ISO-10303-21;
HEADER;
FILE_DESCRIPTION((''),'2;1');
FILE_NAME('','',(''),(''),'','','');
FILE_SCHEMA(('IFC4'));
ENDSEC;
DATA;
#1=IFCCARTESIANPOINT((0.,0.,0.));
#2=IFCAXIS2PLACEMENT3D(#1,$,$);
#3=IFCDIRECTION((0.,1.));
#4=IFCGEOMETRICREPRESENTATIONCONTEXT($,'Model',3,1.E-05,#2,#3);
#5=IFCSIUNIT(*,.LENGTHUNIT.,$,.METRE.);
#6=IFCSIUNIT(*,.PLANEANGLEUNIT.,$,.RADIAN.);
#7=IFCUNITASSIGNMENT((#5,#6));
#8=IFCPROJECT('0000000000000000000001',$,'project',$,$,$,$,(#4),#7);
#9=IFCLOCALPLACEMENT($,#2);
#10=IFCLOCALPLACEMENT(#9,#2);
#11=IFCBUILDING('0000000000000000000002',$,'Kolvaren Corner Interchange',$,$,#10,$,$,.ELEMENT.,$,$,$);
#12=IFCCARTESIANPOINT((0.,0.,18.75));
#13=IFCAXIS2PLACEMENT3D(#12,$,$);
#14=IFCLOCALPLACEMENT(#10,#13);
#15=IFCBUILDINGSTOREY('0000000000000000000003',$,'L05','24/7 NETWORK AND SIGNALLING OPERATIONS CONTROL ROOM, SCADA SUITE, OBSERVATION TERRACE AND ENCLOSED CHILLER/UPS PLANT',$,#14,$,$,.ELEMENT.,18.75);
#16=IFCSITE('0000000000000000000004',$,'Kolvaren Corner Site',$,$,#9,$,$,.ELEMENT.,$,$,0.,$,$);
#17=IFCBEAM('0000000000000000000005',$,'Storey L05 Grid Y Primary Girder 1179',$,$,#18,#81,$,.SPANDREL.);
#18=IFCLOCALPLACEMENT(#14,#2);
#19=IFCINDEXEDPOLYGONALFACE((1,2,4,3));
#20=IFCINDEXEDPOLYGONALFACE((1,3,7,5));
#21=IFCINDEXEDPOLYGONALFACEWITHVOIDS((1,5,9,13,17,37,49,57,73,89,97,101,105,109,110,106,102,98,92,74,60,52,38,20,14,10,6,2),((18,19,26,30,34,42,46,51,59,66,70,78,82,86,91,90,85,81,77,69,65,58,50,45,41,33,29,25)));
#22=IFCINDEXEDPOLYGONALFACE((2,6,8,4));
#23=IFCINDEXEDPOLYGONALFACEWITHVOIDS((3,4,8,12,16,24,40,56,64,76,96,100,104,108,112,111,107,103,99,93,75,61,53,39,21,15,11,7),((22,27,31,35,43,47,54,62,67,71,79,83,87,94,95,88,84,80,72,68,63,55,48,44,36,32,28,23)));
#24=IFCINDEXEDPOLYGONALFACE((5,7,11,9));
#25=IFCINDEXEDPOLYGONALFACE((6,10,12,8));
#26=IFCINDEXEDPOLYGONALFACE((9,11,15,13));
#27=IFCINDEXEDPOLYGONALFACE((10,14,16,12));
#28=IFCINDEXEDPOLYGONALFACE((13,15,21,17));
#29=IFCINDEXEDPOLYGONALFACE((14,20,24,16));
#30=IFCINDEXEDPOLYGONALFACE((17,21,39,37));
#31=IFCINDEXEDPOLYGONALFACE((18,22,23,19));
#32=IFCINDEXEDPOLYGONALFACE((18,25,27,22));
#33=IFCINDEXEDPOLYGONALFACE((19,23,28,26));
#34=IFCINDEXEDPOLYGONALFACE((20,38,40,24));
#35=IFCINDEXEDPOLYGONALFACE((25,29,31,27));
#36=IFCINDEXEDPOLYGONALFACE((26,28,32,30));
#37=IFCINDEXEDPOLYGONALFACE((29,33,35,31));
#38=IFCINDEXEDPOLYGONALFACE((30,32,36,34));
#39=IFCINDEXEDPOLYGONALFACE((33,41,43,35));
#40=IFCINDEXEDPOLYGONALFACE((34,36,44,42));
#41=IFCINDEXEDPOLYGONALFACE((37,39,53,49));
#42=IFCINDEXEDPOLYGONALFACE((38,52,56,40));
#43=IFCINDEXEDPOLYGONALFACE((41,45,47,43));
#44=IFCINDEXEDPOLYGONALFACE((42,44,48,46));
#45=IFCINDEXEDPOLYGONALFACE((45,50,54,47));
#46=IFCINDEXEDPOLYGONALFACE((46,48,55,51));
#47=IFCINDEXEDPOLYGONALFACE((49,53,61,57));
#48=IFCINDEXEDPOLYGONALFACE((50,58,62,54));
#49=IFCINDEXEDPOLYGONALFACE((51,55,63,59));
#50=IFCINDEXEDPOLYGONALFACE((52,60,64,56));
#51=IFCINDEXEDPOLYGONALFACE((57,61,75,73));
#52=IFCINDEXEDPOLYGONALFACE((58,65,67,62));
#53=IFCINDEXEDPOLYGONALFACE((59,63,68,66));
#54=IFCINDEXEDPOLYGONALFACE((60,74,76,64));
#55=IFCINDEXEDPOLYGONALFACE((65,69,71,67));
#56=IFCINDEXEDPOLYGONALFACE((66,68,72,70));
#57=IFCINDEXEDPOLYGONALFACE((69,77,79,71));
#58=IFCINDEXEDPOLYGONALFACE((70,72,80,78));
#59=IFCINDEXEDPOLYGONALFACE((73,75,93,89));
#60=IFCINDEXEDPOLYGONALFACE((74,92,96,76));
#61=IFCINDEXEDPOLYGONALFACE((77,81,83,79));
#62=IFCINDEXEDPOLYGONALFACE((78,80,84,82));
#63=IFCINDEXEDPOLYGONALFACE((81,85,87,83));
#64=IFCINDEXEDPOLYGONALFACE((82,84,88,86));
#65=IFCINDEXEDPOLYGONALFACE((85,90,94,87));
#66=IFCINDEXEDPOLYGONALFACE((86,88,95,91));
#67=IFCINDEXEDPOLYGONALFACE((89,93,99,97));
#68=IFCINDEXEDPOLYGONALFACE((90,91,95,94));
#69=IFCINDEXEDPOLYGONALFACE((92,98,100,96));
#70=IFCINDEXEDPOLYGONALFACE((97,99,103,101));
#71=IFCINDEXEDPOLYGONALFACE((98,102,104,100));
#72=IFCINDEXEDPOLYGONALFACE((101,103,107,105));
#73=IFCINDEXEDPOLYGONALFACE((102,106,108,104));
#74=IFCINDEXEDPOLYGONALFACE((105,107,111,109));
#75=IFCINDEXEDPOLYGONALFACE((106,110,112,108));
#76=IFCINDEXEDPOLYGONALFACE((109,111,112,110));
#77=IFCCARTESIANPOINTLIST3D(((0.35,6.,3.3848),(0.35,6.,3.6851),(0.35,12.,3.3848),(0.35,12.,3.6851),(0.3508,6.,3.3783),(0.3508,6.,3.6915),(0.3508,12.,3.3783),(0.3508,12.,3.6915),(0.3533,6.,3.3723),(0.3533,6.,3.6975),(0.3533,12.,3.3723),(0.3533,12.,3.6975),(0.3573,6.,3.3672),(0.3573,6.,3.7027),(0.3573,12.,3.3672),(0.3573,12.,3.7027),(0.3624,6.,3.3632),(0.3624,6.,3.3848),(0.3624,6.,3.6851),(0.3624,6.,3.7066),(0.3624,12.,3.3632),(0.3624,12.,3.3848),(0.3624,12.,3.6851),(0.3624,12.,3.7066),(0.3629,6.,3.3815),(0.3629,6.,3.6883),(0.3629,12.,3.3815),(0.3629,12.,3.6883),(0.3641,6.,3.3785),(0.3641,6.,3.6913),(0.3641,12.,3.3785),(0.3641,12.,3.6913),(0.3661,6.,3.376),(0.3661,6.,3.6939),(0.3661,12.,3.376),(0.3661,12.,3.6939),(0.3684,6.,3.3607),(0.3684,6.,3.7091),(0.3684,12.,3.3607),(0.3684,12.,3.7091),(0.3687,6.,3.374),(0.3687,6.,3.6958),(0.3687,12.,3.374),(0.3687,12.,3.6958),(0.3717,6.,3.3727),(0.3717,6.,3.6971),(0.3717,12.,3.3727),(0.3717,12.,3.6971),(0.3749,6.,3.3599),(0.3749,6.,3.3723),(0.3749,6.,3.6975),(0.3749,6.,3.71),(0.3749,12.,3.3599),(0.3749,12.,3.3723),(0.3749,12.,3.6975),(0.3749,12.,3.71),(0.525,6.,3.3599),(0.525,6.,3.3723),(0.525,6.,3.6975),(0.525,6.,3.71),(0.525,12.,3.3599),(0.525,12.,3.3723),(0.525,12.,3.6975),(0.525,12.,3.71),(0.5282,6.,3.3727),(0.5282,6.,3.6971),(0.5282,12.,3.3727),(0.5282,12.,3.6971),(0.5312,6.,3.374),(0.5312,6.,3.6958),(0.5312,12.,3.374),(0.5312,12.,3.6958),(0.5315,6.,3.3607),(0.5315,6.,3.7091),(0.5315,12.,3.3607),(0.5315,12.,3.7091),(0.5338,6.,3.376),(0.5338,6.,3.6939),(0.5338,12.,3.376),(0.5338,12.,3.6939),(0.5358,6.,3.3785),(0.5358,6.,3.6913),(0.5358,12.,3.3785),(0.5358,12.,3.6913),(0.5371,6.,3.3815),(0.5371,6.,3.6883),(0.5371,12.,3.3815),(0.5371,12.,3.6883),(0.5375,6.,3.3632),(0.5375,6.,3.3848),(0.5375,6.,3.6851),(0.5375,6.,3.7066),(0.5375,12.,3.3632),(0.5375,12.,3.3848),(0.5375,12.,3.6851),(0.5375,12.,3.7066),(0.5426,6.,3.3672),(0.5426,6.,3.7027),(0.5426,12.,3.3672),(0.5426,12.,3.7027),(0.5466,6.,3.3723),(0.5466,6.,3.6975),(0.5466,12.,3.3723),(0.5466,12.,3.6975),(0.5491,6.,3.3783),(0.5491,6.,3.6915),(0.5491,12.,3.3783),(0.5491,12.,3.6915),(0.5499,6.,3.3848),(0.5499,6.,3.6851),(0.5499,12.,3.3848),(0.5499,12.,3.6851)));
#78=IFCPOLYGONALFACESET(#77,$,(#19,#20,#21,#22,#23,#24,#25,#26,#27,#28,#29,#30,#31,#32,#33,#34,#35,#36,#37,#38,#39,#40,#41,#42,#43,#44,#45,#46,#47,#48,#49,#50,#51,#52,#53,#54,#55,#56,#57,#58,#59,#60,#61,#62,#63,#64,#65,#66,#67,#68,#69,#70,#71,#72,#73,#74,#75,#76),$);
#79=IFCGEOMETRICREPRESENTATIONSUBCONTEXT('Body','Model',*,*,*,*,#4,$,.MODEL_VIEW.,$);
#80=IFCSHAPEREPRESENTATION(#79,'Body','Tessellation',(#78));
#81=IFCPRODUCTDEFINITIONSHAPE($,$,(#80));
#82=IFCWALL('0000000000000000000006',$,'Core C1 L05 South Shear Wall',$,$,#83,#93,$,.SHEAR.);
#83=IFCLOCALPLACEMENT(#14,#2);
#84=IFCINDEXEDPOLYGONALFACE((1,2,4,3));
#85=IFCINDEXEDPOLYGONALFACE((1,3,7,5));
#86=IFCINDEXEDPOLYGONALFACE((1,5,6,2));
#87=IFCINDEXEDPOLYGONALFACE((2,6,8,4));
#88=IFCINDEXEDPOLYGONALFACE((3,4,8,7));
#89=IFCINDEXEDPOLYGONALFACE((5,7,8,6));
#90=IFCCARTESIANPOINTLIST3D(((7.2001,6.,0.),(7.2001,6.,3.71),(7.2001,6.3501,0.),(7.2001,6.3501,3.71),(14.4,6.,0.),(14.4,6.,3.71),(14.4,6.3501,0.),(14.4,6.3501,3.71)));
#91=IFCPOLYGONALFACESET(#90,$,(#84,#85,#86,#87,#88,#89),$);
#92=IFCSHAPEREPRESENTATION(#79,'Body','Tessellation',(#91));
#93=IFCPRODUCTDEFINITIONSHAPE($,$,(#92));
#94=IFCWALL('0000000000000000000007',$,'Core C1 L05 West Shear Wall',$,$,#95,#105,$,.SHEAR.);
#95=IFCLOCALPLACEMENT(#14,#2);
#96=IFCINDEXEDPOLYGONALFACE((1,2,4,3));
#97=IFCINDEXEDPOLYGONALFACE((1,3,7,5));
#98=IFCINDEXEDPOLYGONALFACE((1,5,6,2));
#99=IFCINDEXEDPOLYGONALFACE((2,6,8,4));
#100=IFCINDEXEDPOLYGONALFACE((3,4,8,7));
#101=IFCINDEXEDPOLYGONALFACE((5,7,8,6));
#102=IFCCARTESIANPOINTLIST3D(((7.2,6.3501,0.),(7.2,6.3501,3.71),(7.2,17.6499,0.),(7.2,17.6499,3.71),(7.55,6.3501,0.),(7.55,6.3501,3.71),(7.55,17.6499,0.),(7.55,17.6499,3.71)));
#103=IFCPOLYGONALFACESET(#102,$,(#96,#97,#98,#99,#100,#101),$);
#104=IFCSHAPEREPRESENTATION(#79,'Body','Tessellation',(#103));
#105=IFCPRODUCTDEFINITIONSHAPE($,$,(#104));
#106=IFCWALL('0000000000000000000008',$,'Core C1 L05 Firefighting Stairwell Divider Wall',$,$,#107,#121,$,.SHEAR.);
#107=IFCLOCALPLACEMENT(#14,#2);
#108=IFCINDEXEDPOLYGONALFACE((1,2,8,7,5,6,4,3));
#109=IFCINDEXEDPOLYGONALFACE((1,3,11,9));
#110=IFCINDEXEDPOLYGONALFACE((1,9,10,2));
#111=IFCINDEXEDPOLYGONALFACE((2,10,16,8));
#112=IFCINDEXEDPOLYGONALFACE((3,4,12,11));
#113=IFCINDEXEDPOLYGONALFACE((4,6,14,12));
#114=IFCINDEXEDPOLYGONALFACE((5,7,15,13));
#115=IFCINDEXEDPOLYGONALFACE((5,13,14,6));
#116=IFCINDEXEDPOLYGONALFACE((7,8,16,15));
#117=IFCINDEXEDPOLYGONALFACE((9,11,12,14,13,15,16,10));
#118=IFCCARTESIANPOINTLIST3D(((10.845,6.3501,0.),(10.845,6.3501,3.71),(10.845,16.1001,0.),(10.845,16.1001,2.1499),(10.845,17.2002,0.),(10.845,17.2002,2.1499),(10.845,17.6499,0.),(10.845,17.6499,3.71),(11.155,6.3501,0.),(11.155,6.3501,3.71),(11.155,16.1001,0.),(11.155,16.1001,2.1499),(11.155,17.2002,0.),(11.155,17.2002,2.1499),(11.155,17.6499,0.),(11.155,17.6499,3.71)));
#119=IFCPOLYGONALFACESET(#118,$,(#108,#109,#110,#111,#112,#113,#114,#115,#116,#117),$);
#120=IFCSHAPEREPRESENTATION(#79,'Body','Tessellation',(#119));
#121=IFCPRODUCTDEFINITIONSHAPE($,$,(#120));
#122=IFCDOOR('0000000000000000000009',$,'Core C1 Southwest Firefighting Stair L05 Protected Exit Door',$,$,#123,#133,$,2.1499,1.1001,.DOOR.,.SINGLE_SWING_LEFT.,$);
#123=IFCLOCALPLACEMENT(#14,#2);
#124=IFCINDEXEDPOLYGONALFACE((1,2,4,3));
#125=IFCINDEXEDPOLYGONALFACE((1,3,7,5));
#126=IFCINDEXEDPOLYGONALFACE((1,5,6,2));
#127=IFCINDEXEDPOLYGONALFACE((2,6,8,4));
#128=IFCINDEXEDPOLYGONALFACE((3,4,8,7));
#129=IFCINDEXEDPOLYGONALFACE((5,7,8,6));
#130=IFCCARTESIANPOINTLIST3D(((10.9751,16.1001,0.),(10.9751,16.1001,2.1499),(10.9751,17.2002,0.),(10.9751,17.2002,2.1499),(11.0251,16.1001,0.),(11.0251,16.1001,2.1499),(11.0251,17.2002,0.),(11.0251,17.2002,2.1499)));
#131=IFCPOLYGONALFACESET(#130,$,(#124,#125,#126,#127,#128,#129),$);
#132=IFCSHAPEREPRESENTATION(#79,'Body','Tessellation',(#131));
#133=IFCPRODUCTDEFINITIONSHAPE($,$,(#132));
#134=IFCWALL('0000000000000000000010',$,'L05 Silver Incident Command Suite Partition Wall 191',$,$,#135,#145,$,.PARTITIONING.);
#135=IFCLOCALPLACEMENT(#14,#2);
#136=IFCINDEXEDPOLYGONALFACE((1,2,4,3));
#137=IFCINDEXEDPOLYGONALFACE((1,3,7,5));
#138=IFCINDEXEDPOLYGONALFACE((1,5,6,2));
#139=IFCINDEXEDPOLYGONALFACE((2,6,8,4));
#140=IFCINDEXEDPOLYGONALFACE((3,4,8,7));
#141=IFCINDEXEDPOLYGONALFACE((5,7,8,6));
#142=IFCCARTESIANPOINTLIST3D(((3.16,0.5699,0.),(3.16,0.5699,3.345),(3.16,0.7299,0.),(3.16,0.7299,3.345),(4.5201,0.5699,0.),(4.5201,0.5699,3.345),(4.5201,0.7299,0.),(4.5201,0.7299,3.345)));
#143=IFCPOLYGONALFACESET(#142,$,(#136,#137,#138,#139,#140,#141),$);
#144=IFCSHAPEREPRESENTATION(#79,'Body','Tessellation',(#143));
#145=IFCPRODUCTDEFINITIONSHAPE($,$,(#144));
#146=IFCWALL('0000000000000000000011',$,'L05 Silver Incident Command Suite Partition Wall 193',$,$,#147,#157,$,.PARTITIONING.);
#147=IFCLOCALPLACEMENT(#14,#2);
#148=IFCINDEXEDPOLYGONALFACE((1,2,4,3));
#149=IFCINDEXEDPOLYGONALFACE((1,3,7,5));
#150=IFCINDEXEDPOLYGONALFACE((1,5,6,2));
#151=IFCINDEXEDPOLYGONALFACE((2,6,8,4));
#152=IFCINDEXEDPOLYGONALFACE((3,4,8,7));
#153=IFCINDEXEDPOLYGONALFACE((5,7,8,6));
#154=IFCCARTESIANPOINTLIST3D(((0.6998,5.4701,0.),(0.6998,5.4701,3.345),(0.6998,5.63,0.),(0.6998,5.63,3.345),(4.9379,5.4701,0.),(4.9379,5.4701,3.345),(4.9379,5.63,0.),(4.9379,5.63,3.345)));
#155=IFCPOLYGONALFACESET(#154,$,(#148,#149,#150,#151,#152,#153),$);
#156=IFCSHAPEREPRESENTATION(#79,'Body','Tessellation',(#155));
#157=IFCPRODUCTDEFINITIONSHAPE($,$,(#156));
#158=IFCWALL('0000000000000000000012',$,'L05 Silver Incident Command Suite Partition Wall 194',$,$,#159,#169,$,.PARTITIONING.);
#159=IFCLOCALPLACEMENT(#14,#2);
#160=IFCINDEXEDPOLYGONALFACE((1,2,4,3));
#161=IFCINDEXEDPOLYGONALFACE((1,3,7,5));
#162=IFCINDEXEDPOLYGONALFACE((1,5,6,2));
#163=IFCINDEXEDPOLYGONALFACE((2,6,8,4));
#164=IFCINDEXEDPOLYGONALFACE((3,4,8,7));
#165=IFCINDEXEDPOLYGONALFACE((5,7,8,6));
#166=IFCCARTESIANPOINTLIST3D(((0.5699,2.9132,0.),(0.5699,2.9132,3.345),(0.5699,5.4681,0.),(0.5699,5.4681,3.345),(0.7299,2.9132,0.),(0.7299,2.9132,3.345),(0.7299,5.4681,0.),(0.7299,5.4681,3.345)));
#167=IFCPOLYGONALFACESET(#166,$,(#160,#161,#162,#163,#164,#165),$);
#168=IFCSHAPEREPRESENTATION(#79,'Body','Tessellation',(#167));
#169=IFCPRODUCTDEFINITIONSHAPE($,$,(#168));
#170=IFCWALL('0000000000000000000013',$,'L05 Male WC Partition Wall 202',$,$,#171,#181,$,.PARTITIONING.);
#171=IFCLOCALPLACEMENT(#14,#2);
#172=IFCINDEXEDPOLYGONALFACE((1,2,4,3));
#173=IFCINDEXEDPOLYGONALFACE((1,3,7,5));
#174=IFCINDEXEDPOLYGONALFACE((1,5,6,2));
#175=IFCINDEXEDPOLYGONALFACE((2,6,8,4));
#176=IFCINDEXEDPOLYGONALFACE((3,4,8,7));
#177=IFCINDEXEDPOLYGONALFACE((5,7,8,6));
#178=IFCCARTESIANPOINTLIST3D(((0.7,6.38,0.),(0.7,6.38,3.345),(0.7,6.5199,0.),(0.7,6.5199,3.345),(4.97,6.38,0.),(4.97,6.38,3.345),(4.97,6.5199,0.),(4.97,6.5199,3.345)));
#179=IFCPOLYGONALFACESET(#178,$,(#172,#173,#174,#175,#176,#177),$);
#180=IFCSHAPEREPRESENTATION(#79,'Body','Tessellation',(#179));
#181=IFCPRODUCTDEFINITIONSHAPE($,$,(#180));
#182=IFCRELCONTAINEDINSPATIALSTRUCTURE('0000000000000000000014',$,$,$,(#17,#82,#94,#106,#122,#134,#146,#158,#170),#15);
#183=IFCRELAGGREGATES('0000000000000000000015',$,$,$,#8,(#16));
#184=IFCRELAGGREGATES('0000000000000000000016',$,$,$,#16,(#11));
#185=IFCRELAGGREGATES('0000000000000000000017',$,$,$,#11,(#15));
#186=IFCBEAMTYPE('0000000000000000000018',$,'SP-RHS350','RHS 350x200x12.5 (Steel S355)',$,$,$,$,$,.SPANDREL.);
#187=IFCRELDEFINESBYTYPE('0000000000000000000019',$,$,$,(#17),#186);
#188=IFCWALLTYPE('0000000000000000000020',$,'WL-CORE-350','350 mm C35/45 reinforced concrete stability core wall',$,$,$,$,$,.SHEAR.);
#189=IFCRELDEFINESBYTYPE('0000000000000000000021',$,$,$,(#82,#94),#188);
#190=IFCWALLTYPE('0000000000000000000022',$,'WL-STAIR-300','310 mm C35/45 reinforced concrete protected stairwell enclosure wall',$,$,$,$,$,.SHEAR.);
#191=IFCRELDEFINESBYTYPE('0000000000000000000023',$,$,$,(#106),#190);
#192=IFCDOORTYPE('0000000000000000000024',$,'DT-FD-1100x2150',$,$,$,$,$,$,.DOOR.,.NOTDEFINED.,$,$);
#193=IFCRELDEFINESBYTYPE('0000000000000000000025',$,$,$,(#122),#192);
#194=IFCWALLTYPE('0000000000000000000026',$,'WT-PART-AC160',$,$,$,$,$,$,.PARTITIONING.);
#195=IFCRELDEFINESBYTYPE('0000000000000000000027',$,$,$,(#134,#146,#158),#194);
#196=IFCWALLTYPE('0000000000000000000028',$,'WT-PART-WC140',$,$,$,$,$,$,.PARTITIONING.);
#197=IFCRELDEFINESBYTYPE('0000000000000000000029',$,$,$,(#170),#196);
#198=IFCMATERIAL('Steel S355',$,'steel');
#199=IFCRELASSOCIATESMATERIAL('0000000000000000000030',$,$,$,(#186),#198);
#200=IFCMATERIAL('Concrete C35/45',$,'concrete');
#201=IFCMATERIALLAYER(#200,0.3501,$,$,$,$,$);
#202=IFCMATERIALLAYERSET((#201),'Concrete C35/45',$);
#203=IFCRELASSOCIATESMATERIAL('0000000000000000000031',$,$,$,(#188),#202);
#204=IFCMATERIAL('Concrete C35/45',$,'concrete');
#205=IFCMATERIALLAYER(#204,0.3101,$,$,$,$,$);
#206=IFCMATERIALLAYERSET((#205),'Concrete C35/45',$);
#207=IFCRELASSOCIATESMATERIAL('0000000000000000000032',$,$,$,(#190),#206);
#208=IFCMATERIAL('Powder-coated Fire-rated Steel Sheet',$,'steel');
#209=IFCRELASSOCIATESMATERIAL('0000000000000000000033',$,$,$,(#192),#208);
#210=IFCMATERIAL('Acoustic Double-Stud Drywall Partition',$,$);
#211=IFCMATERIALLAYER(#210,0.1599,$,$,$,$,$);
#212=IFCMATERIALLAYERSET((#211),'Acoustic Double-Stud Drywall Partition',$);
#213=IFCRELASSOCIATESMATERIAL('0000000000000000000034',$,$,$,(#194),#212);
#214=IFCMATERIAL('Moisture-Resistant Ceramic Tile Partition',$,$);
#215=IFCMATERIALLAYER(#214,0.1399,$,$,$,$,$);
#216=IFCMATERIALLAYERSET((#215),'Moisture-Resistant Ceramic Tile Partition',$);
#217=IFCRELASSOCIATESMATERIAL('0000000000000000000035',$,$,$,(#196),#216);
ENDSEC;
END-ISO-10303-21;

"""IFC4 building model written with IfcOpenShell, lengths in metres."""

from ifc_helpers import new_model, si_unit, direction, frame, frame_2d, origin, origin_2d, place, context, subcontext, project, spatial, rectangle, hollow_rectangle, extrude, material, layer, layer_set, material_profile, profile_set, type_object, element, fill, save


model = new_model("IFC4")

# Units and contexts
model_context = context("Model", 3, precision=1e-05, world=origin(), true_north=direction((0.0, 1.0)))
body_context = subcontext(model_context, "Body", "Model", "MODEL_VIEW")
ifc_project = project(units=[si_unit("LENGTHUNIT", "METRE"), si_unit("PLANEANGLEUNIT", "RADIAN")], contexts=[model_context])

# Site, building, storey
site_placement = place(None, origin())
site = spatial("IfcSite", under=ifc_project, at=site_placement, Name="Kolvaren Corner Site", CompositionType="ELEMENT", RefElevation=0.0)
building_placement = place(site_placement, origin())
building = spatial("IfcBuilding", under=site, at=building_placement, Name="Kolvaren Corner Interchange", CompositionType="ELEMENT")
storey_placement = place(building_placement, frame((0.0, 0.0, 18.75)))
storey = spatial("IfcBuildingStorey", under=building, at=storey_placement, Name="L05", Description="24/7 NETWORK AND SIGNALLING OPERATIONS CONTROL ROOM, SCADA SUITE, OBSERVATION TERRACE AND ENCLOSED CHILLER/UPS PLANT", CompositionType="ELEMENT", Elevation=18.75)

# Beam
ifc_material_1 = material(Name="Steel S355", Category="steel")
ifc_material_profile_1 = material_profile(ifc_material_1, hollow_rectangle(XDim=0.2, YDim=0.3501, WallThickness=0.0125, InnerFilletRadius=0.0125, OuterFilletRadius=0.0249, at=origin_2d()), Name="RHS 350x200x12.5")
ifc_profile_set_1 = profile_set([ifc_material_profile_1], Name="Steel S355")
beam_type_1 = type_object("IfcBeamType", Name="SP-RHS350", Description="RHS 350x200x12.5 (Steel S355)", PredefinedType="SPANDREL", material=ifc_profile_set_1)
beam_1_placement = place(storey_placement, frame((0.45, 6.0, 3.5349), z_axis=(0.0, 1.0, 0.0), x_axis=(-1.0, 0.0, 0.0)))
element("IfcBeam", 1, at=beam_1_placement, inside=storey, type_object=beam_type_1, Name="Storey L05 Grid Y Primary Girder 1179", PredefinedType="SPANDREL", context=body_context, shape_type="SweptSolid", body=[
    extrude(hollow_rectangle(XDim=0.2, YDim=0.3501, WallThickness=0.0125, InnerFilletRadius=0.0125, OuterFilletRadius=0.0249, at=origin_2d()), origin(), (0.0, 0.0, 1.0), 6.0),
])

# Walls
ifc_material_2 = material(Name="Concrete C35/45", Category="concrete")
ifc_layer_1 = layer(ifc_material_2, 0.3501)
ifc_layer_set_1 = layer_set([ifc_layer_1], Name="Concrete C35/45")
wall_type_1 = type_object("IfcWallType", Name="WL-CORE-350", Description="350 mm C35/45 reinforced concrete stability core wall", PredefinedType="SHEAR", material=ifc_layer_set_1)
wall_1_placement = place(storey_placement, frame((7.2, 6.175, 0.0), z_axis=(0.0, 0.0, 1.0), x_axis=(1.0, 0.0, 0.0)))
element("IfcWall", 2, at=wall_1_placement, inside=storey, type_object=wall_type_1, Name="Core C1 L05 South Shear Wall", PredefinedType="SHEAR", context=body_context, shape_type="SweptSolid", body=[
    extrude(rectangle(XDim=7.2, YDim=0.3501, at=frame_2d((3.6001, 0.0))), origin(), (0.0, 0.0, 1.0), 3.71),
])
wall_2_placement = place(storey_placement, frame((7.375, 6.3501, 0.0), z_axis=(0.0, 0.0, 1.0), x_axis=(0.0, 1.0, 0.0)))
element("IfcWall", 3, at=wall_2_placement, inside=storey, type_object=wall_type_1, Name="Core C1 L05 West Shear Wall", PredefinedType="SHEAR", context=body_context, shape_type="SweptSolid", body=[
    extrude(rectangle(XDim=11.2998, YDim=0.3501, at=frame_2d((5.6499, 0.0))), origin(), (0.0, 0.0, 1.0), 3.71),
])

# Wall, opening, door
ifc_material_3 = material(Name="Concrete C35/45", Category="concrete")
ifc_layer_2 = layer(ifc_material_3, 0.3101)
ifc_layer_set_2 = layer_set([ifc_layer_2], Name="Concrete C35/45")
wall_type_2 = type_object("IfcWallType", Name="WL-STAIR-300", Description="310 mm C35/45 reinforced concrete protected stairwell enclosure wall", PredefinedType="SHEAR", material=ifc_layer_set_2)
wall_3_placement = place(storey_placement, frame((11.0, 6.3501, 0.0), z_axis=(0.0, 0.0, 1.0), x_axis=(0.0, 1.0, 0.0)))
wall_3 = element("IfcWall", 4, at=wall_3_placement, inside=storey, type_object=wall_type_2, Name="Core C1 L05 Firefighting Stairwell Divider Wall", PredefinedType="SHEAR", context=body_context, shape_type="SweptSolid", body=[
    extrude(rectangle(XDim=11.2998, YDim=0.3101, at=frame_2d((5.6499, 0.0))), origin(), (0.0, 0.0, 1.0), 3.71),
])
opening_1_placement = place(wall_3_placement, frame((9.75, 0.0, 0.0)))
opening_1 = element("IfcOpeningElement", 5, at=opening_1_placement, cuts=wall_3, PredefinedType="OPENING", context=body_context, shape_type="SweptSolid", body=[
    extrude(rectangle(XDim=1.1001, YDim=2.1499, at=frame_2d((0.55, 1.075))), frame((0.0, 0.165, 0.0), z_axis=(0.0, -1.0, 0.0), x_axis=(1.0, 0.0, 0.0)), (0.0, 0.0, 1.0), 0.3301),
])
ifc_material_4 = material(Name="Powder-coated Fire-rated Steel Sheet", Category="steel")
door_type_1 = type_object("IfcDoorType", Name="DT-FD-1100x2150", OperationType="NOTDEFINED", PredefinedType="DOOR", material=ifc_material_4)
door_1_placement = place(opening_1_placement, origin())
door_1 = element("IfcDoor", 6, at=door_1_placement, inside=storey, type_object=door_type_1, Name="Core C1 Southwest Firefighting Stair L05 Protected Exit Door", OperationType="SINGLE_SWING_LEFT", OverallHeight=2.1499, OverallWidth=1.1001, PredefinedType="DOOR", context=body_context, shape_type="SweptSolid", body=[
    extrude(rectangle(XDim=1.1001, YDim=2.1499, at=frame_2d((0.55, 1.075))), frame((0.0, 0.0249, 0.0), z_axis=(0.0, -1.0, 0.0), x_axis=(1.0, 0.0, 0.0)), (0.0, 0.0, 1.0), 0.05),
])
fill(opening_1, door_1)

# Wall
ifc_material_5 = material(Name="Acoustic Double-Stud Drywall Partition")
ifc_layer_3 = layer(ifc_material_5, 0.1599)
ifc_layer_set_3 = layer_set([ifc_layer_3], Name="Acoustic Double-Stud Drywall Partition")
wall_type_3 = type_object("IfcWallType", Name="WT-PART-AC160", PredefinedType="PARTITIONING", material=ifc_layer_set_3)
wall_4_placement = place(storey_placement, frame((3.1599, 0.6499, 0.0), z_axis=(0.0, 0.0, 1.0), x_axis=(1.0, 0.0, 0.0)))
element("IfcWall", 7, at=wall_4_placement, inside=storey, type_object=wall_type_3, Name="L05 Silver Incident Command Suite Partition Wall 191", PredefinedType="PARTITIONING", context=body_context, shape_type="SweptSolid", body=[
    extrude(rectangle(XDim=1.3601, YDim=0.1599, at=frame_2d((0.6802, 0.0))), origin(), (0.0, 0.0, 1.0), 3.345),
])

# Walls
wall_5_placement = place(storey_placement, frame((4.938, 5.55, 0.0), z_axis=(0.0, 0.0, 1.0), x_axis=(-1.0, 0.0, 0.0)))
element("IfcWall", 8, at=wall_5_placement, inside=storey, type_object=wall_type_3, Name="L05 Silver Incident Command Suite Partition Wall 193", PredefinedType="PARTITIONING", context=body_context, shape_type="SweptSolid", body=[
    extrude(rectangle(XDim=4.238, YDim=0.1599, at=frame_2d((2.1191, 0.0))), origin(), (0.0, 0.0, 1.0), 3.345),
])
wall_6_placement = place(storey_placement, frame((0.6499, 5.468, 0.0), z_axis=(0.0, 0.0, 1.0), x_axis=(0.0, -1.0, 0.0)))
element("IfcWall", 9, at=wall_6_placement, inside=storey, type_object=wall_type_3, Name="L05 Silver Incident Command Suite Partition Wall 194", PredefinedType="PARTITIONING", context=body_context, shape_type="SweptSolid", body=[
    extrude(rectangle(XDim=2.5549, YDim=0.1599, at=frame_2d((1.2773, 0.0))), origin(), (0.0, 0.0, 1.0), 3.345),
])
ifc_material_6 = material(Name="Moisture-Resistant Ceramic Tile Partition")
ifc_layer_4 = layer(ifc_material_6, 0.1399)
ifc_layer_set_4 = layer_set([ifc_layer_4], Name="Moisture-Resistant Ceramic Tile Partition")
wall_type_4 = type_object("IfcWallType", Name="WT-PART-WC140", PredefinedType="PARTITIONING", material=ifc_layer_set_4)
wall_7_placement = place(storey_placement, frame((0.7, 6.45, 0.0), z_axis=(0.0, 0.0, 1.0), x_axis=(1.0, 0.0, 0.0)))
element("IfcWall", 10, at=wall_7_placement, inside=storey, type_object=wall_type_4, Name="L05 Male WC Partition Wall 202", PredefinedType="PARTITIONING", context=body_context, shape_type="SweptSolid", body=[
    extrude(rectangle(XDim=4.27, YDim=0.1399, at=frame_2d((2.135, 0.0))), origin(), (0.0, 0.0, 1.0), 3.345),
])

save(model, "model.ifc")
